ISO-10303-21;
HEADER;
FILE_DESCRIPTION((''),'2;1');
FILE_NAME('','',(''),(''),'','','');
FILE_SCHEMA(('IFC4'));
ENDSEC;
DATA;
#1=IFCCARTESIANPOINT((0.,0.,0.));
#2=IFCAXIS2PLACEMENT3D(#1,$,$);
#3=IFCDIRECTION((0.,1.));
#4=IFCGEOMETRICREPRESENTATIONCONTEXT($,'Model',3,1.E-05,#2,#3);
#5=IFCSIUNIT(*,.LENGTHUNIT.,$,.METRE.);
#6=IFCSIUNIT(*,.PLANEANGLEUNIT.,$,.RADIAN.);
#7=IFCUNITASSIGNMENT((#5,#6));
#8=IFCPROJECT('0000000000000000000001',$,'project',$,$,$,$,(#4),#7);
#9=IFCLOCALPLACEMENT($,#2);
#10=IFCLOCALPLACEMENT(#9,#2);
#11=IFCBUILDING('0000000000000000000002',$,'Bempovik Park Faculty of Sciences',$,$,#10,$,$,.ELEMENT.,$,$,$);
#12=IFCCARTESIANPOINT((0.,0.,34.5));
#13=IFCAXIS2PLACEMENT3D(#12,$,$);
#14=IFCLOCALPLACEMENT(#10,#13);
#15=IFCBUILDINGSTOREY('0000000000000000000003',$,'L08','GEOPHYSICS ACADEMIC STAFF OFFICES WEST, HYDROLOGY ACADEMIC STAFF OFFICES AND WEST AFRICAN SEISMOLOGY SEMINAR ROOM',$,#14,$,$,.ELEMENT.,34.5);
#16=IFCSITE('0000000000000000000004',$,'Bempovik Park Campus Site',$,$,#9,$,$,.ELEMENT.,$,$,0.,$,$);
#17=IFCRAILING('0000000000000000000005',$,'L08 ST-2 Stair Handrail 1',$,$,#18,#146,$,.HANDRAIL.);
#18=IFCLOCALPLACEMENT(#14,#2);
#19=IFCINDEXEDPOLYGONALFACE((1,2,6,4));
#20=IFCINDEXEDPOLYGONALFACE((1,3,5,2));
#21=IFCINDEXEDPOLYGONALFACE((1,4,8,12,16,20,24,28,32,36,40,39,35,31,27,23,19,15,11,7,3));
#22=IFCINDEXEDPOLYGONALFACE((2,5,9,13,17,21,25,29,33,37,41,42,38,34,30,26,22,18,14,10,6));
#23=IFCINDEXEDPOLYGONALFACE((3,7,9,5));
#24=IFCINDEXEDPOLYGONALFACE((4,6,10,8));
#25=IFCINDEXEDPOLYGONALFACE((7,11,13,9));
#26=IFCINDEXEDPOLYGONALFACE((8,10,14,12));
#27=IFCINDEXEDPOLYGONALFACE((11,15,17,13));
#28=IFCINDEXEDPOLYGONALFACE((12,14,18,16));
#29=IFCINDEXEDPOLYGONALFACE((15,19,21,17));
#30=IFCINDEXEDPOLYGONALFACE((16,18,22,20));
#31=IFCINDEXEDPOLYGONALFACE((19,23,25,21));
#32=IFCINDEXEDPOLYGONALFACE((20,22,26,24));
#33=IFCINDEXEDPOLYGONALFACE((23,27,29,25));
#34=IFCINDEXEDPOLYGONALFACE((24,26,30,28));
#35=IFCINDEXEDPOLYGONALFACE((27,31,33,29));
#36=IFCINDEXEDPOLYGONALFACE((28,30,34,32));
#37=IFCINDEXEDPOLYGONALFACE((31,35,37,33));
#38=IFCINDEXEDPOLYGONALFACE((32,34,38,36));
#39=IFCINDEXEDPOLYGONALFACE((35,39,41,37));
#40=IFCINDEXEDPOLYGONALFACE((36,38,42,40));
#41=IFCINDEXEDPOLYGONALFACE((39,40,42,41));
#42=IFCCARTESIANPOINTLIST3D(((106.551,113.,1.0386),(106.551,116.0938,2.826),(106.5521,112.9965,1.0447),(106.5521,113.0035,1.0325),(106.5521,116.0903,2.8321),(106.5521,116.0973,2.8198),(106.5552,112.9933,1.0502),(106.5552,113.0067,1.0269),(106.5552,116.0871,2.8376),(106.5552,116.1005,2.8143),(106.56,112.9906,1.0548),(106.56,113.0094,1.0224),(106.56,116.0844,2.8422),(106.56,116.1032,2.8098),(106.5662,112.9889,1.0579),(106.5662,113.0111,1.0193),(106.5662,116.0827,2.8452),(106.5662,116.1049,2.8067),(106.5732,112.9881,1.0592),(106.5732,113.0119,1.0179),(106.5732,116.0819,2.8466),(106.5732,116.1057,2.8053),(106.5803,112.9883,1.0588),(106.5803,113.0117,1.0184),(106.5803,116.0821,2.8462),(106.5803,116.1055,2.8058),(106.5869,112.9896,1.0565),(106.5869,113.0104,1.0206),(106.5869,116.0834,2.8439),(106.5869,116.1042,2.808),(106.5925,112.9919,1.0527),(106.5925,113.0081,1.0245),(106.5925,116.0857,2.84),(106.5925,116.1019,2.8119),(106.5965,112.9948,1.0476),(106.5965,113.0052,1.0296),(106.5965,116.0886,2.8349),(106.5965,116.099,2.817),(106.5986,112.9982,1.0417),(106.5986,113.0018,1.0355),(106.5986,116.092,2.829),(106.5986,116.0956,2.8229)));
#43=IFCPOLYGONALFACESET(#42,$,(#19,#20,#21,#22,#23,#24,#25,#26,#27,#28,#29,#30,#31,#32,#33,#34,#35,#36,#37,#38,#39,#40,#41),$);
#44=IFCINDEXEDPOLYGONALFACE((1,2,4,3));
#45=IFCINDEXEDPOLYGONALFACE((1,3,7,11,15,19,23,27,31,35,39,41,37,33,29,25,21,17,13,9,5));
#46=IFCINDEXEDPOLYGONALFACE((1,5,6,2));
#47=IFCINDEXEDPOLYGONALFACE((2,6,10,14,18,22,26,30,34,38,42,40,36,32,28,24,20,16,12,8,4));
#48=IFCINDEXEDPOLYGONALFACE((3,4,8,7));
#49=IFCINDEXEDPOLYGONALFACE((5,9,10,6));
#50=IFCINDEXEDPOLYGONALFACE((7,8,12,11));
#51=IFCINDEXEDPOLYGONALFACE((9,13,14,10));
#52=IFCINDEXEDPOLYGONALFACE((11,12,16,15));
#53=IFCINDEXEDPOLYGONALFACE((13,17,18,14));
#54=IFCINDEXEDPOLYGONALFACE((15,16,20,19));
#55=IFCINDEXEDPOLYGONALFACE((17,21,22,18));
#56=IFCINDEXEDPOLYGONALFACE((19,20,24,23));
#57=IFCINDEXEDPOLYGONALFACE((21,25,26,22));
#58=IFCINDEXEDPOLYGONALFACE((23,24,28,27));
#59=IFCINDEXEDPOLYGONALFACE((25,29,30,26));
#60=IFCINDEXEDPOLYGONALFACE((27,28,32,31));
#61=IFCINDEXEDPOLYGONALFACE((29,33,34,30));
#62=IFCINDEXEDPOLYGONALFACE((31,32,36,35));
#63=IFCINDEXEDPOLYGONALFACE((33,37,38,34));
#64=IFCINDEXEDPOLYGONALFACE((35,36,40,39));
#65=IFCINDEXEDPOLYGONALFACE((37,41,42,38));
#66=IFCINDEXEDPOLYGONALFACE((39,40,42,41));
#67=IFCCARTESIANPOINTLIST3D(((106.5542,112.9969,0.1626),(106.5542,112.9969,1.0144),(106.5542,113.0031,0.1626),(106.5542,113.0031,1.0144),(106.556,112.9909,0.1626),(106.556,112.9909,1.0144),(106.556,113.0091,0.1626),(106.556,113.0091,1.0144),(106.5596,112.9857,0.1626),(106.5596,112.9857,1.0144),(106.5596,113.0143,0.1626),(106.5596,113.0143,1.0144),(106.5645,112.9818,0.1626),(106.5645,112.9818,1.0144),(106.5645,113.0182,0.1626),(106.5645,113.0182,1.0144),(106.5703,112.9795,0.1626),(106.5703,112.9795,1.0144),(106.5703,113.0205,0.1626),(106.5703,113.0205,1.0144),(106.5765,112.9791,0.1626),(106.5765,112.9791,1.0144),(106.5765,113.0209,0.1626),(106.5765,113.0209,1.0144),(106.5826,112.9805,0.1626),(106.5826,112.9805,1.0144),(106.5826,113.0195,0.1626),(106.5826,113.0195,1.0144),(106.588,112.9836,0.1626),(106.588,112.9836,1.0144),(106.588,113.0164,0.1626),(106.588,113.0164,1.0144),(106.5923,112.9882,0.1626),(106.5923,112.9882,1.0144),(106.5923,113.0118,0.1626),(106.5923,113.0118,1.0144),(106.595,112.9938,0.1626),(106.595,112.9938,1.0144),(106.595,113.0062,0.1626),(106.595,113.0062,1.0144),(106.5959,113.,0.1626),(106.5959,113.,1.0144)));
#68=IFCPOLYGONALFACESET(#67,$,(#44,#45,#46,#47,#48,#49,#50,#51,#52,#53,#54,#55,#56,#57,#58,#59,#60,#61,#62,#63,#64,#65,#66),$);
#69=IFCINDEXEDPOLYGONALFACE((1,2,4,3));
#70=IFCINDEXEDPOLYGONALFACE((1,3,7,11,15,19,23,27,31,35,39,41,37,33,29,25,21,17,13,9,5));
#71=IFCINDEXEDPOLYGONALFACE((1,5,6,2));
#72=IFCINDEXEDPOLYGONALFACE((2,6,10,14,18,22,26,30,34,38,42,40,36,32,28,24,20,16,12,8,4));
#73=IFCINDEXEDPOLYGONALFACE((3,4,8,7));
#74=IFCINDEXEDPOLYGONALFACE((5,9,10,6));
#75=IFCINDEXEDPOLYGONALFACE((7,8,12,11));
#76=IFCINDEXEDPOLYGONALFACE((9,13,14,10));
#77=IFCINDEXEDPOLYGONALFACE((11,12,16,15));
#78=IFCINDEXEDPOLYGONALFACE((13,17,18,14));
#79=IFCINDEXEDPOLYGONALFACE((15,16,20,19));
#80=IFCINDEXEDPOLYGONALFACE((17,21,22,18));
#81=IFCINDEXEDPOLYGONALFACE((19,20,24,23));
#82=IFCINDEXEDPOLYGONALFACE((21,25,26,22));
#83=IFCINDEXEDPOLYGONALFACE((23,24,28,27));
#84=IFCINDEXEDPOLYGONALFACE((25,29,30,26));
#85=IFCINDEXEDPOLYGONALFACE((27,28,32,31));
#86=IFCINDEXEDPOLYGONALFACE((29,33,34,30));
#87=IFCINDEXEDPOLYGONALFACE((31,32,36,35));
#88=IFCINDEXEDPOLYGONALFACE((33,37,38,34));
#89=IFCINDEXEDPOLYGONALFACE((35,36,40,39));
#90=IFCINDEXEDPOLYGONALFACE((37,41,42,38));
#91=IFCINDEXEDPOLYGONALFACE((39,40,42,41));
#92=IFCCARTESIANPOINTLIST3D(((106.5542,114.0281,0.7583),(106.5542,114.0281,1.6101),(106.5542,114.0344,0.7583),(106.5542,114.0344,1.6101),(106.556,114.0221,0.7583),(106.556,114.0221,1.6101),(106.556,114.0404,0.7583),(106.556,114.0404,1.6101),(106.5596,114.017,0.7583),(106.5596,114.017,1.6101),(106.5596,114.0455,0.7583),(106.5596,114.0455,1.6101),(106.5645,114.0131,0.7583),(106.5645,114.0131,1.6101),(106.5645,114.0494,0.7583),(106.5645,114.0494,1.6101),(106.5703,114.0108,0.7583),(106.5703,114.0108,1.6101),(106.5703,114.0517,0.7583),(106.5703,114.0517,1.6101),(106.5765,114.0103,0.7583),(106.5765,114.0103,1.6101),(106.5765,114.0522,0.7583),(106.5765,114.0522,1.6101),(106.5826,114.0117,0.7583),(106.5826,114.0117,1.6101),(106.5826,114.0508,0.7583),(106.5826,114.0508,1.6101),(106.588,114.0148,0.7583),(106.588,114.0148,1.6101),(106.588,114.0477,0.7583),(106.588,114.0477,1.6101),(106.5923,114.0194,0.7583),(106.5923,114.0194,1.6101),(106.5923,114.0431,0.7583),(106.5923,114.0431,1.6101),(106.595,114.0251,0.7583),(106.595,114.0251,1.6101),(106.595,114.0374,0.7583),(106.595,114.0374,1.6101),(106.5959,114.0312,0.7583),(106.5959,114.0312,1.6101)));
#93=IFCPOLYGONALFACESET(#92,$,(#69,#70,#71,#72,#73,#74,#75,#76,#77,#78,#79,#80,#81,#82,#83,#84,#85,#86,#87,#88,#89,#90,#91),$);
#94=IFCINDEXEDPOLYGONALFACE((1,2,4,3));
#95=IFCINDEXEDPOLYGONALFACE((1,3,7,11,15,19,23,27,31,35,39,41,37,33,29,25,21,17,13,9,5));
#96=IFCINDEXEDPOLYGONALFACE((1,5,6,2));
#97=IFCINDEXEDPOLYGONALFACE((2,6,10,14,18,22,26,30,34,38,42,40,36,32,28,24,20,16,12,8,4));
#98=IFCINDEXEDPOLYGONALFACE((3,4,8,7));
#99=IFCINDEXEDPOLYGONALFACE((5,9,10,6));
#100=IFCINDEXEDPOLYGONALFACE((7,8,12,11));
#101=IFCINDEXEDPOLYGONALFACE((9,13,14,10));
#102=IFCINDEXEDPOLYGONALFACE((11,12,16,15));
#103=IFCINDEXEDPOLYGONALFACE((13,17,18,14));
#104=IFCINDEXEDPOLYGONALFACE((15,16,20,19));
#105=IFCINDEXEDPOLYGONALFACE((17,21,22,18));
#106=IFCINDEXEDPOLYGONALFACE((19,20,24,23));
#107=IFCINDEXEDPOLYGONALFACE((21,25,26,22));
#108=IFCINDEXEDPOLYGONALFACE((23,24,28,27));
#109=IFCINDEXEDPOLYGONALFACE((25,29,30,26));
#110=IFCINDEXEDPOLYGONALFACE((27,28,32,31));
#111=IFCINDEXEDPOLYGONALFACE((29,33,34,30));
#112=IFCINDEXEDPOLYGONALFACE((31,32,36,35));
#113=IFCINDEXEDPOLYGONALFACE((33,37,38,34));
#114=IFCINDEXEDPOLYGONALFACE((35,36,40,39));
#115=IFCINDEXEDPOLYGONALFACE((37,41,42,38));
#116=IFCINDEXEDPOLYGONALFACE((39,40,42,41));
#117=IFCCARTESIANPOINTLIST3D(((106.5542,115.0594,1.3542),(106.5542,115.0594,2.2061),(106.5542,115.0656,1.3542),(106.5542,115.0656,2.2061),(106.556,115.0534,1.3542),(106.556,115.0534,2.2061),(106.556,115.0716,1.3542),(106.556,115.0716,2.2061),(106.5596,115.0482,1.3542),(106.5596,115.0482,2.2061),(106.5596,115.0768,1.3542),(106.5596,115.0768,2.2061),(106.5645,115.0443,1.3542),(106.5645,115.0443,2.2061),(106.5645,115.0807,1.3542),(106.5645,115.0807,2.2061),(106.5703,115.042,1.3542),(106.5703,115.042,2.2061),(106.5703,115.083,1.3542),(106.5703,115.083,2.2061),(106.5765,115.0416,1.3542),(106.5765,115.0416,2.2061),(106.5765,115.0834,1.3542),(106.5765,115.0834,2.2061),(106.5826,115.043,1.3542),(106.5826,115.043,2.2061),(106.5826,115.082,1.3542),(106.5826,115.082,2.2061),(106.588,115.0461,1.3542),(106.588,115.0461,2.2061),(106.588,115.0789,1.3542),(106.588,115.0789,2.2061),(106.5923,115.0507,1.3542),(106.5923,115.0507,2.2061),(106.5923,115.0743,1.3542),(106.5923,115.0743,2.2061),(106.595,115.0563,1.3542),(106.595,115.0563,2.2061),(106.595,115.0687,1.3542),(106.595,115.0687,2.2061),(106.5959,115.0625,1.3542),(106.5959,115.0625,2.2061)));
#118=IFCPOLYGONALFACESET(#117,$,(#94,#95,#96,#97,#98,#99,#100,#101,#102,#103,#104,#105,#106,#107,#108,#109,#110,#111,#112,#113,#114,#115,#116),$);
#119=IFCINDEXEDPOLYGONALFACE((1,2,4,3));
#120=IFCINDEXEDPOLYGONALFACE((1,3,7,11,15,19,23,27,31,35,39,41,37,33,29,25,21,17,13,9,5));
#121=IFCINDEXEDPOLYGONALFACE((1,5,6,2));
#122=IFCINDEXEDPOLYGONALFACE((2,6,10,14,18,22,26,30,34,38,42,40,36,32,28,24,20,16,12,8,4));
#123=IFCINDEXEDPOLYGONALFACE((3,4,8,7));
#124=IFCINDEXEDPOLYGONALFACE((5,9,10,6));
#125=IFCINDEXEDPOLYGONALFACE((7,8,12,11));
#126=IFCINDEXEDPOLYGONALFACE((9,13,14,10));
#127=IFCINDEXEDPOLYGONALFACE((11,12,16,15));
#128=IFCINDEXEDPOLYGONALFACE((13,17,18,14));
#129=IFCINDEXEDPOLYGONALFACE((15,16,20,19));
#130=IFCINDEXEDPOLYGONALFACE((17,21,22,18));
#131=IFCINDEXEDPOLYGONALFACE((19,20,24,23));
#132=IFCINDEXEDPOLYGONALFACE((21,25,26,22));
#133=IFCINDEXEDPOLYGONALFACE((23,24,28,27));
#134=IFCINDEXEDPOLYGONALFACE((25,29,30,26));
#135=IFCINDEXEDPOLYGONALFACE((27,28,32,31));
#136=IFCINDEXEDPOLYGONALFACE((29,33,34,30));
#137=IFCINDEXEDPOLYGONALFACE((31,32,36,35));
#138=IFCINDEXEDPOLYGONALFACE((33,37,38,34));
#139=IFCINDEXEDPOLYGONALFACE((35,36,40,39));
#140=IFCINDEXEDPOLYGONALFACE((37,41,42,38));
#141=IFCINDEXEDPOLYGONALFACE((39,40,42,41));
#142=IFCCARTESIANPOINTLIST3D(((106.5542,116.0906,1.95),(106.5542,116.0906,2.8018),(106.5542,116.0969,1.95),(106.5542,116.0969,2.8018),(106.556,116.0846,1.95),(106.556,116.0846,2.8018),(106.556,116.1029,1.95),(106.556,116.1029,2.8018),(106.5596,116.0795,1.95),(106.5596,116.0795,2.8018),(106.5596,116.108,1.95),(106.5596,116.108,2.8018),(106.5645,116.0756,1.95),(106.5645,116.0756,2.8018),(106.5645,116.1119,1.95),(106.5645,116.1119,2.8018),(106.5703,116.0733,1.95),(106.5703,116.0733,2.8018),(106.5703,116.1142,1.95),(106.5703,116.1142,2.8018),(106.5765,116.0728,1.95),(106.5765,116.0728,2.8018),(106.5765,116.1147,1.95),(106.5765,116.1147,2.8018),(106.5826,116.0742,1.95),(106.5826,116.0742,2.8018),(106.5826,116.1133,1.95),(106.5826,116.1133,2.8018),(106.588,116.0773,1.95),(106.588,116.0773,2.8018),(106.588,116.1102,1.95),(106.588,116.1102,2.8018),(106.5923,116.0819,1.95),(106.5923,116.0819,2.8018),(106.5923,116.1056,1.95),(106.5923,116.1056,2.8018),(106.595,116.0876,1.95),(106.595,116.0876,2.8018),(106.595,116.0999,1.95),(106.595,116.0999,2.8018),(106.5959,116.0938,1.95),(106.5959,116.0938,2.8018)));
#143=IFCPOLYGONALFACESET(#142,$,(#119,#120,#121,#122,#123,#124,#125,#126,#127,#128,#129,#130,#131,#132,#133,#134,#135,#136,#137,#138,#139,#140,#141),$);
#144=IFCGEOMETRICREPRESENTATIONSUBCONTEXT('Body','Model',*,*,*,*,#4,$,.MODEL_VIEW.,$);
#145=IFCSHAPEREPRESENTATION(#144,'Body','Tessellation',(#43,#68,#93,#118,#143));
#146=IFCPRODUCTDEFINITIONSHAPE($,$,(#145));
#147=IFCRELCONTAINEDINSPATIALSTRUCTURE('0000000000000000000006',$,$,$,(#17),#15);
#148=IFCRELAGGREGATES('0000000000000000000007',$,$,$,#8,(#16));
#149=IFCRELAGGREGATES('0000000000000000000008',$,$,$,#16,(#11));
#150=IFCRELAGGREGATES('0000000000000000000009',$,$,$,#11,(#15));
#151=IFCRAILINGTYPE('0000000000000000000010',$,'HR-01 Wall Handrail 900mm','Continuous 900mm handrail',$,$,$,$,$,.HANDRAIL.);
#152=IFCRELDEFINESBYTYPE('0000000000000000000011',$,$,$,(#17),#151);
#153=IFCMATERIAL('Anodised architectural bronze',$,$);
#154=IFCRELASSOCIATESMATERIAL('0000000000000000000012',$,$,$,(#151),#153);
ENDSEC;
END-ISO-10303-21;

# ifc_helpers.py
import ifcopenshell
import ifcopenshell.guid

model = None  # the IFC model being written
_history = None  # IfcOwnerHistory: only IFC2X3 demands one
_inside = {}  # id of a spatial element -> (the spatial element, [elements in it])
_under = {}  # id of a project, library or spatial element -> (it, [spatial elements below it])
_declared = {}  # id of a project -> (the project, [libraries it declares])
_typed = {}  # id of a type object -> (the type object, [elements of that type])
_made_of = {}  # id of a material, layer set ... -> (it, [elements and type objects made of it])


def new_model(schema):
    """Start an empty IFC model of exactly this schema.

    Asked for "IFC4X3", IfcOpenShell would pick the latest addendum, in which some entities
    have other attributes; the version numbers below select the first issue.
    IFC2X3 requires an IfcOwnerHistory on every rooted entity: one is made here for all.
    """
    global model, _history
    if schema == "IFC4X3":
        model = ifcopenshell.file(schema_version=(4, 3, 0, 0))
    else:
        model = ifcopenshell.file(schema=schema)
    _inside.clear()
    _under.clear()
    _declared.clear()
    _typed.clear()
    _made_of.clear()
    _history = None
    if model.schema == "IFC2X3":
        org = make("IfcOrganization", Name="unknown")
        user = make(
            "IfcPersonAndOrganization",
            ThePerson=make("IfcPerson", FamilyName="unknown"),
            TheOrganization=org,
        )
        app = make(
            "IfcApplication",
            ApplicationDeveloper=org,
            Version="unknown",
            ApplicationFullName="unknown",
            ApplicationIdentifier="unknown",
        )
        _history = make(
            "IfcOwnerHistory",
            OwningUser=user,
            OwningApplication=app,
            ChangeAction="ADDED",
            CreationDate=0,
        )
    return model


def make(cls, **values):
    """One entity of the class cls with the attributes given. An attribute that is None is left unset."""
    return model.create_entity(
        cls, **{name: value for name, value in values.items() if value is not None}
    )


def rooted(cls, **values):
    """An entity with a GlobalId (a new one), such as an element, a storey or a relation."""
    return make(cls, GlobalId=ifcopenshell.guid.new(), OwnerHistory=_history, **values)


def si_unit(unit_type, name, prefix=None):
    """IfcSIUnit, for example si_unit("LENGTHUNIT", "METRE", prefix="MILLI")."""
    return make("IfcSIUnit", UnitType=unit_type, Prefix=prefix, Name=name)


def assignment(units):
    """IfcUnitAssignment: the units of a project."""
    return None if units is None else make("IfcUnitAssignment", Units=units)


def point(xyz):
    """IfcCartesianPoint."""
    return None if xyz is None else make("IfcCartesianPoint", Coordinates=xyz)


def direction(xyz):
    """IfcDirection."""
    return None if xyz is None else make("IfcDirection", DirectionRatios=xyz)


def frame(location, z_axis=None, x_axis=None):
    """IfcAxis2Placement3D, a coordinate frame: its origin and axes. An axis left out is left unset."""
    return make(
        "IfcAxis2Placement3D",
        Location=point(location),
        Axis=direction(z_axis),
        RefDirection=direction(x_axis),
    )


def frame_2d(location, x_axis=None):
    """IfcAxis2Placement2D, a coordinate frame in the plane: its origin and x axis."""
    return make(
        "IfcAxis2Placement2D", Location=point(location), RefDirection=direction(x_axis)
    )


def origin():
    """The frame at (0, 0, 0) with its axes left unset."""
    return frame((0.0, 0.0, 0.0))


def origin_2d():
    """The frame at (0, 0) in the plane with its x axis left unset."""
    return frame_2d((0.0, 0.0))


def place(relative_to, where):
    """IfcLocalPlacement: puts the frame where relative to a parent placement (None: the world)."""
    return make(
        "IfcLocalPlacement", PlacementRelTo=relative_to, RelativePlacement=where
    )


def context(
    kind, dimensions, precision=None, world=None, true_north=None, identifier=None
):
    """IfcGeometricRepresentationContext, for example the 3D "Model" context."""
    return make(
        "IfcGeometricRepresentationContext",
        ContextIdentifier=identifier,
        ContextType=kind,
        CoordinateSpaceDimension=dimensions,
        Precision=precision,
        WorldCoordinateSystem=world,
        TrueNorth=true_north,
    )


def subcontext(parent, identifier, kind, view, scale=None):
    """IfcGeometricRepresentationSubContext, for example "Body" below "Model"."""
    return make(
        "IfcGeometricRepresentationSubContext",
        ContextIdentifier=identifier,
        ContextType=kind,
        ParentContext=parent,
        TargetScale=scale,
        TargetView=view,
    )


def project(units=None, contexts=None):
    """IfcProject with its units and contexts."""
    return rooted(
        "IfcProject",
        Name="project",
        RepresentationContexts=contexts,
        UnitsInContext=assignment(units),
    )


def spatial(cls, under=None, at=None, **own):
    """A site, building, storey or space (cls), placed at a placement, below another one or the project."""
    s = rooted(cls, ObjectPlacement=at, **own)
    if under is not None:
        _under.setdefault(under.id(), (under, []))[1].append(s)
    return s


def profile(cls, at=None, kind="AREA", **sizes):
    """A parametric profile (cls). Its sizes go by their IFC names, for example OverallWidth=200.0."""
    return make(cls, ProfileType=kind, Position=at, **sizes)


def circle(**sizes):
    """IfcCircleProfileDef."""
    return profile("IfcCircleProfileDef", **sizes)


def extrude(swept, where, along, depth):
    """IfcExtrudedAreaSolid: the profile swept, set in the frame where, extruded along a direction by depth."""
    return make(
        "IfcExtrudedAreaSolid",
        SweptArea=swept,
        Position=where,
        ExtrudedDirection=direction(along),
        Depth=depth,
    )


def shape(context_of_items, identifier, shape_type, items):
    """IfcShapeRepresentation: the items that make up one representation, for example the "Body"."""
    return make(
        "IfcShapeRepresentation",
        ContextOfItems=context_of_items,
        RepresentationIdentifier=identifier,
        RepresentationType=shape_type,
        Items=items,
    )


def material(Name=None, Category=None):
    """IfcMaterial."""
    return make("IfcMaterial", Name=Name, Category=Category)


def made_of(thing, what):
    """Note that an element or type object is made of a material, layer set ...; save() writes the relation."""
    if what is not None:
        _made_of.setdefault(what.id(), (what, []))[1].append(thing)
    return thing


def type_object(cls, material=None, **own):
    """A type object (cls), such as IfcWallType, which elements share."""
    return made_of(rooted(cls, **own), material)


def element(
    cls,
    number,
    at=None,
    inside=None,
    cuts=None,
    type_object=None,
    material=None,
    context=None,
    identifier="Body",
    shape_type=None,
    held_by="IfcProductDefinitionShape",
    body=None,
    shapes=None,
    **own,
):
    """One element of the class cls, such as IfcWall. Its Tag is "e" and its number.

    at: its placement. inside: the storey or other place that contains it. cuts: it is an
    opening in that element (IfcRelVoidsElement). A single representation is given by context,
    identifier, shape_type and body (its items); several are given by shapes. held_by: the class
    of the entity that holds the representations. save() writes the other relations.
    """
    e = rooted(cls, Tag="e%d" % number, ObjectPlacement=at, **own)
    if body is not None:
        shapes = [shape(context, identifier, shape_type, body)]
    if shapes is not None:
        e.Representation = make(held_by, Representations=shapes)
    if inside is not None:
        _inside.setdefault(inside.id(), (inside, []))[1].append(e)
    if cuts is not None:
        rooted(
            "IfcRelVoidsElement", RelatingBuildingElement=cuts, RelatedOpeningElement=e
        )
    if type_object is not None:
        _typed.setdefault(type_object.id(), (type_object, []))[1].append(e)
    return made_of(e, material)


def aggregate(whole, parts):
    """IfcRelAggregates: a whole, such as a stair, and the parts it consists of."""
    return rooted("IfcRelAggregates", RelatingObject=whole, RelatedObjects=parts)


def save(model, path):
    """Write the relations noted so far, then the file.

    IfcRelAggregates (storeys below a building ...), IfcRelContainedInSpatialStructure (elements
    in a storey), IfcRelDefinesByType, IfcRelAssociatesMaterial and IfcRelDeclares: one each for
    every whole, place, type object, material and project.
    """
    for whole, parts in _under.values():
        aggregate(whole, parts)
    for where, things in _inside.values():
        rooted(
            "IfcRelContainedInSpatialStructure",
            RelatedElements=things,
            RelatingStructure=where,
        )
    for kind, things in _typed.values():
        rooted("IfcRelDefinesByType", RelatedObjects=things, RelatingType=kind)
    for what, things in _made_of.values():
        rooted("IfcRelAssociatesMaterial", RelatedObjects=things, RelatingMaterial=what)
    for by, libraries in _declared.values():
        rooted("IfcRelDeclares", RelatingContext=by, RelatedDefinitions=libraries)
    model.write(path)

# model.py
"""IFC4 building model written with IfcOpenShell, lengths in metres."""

from ifc_helpers import new_model, si_unit, direction, frame, origin, origin_2d, place, context, subcontext, project, spatial, circle, extrude, material, type_object, element, save


model = new_model("IFC4")

# Units and contexts
model_context = context("Model", 3, precision=1e-05, world=origin(), true_north=direction((0.0, 1.0)))
body_context = subcontext(model_context, "Body", "Model", "MODEL_VIEW")
ifc_project = project(units=[si_unit("LENGTHUNIT", "METRE"), si_unit("PLANEANGLEUNIT", "RADIAN")], contexts=[model_context])

# Site, building, storey
site_placement = place(None, origin())
site = spatial("IfcSite", under=ifc_project, at=site_placement, Name="Bempovik Park Campus Site", CompositionType="ELEMENT", RefElevation=0.0)
building_placement = place(site_placement, origin())
building = spatial("IfcBuilding", under=site, at=building_placement, Name="Bempovik Park Faculty of Sciences", CompositionType="ELEMENT")
storey_placement = place(building_placement, frame((0.0, 0.0, 34.5)))
storey = spatial("IfcBuildingStorey", under=building, at=storey_placement, Name="L08", Description="GEOPHYSICS ACADEMIC STAFF OFFICES WEST, HYDROLOGY ACADEMIC STAFF OFFICES AND WEST AFRICAN SEISMOLOGY SEMINAR ROOM", CompositionType="ELEMENT", Elevation=34.5)

# Railing
ifc_material_1 = material(Name="Anodised architectural bronze")
railing_type_1 = type_object("IfcRailingType", Name="HR-01 Wall Handrail 900mm", Description="Continuous 900mm handrail", PredefinedType="HANDRAIL", material=ifc_material_1)
railing_1_placement = place(storey_placement, frame((106.575, 113.0, 0.1626)))
element("IfcRailing", 1, at=railing_1_placement, inside=storey, type_object=railing_type_1, Name="L08 ST-2 Stair Handrail 1", PredefinedType="HANDRAIL", context=body_context, shape_type="SweptSolid", body=[
    extrude(circle(Radius=0.0239, at=origin_2d()), frame((0.0, 0.0, 0.876), z_axis=(0.0, 0.865883, 0.500247), x_axis=(-1.0, 0.0, 0.0)), (0.0, 0.0, 1.0), 3.573),
    extrude(circle(Radius=0.021, at=origin_2d()), origin(), (0.0, 0.0, 1.0), 0.8518),
    extrude(circle(Radius=0.021, at=origin_2d()), frame((0.0, 1.0312, 0.5957)), (0.0, 0.0, 1.0), 0.8518),
    extrude(circle(Radius=0.021, at=origin_2d()), frame((0.0, 2.0625, 1.1917)), (0.0, 0.0, 1.0), 0.8518),
    extrude(circle(Radius=0.021, at=origin_2d()), frame((0.0, 3.0938, 1.7874)), (0.0, 0.0, 1.0), 0.8518),
])

save(model, "model.ifc")
